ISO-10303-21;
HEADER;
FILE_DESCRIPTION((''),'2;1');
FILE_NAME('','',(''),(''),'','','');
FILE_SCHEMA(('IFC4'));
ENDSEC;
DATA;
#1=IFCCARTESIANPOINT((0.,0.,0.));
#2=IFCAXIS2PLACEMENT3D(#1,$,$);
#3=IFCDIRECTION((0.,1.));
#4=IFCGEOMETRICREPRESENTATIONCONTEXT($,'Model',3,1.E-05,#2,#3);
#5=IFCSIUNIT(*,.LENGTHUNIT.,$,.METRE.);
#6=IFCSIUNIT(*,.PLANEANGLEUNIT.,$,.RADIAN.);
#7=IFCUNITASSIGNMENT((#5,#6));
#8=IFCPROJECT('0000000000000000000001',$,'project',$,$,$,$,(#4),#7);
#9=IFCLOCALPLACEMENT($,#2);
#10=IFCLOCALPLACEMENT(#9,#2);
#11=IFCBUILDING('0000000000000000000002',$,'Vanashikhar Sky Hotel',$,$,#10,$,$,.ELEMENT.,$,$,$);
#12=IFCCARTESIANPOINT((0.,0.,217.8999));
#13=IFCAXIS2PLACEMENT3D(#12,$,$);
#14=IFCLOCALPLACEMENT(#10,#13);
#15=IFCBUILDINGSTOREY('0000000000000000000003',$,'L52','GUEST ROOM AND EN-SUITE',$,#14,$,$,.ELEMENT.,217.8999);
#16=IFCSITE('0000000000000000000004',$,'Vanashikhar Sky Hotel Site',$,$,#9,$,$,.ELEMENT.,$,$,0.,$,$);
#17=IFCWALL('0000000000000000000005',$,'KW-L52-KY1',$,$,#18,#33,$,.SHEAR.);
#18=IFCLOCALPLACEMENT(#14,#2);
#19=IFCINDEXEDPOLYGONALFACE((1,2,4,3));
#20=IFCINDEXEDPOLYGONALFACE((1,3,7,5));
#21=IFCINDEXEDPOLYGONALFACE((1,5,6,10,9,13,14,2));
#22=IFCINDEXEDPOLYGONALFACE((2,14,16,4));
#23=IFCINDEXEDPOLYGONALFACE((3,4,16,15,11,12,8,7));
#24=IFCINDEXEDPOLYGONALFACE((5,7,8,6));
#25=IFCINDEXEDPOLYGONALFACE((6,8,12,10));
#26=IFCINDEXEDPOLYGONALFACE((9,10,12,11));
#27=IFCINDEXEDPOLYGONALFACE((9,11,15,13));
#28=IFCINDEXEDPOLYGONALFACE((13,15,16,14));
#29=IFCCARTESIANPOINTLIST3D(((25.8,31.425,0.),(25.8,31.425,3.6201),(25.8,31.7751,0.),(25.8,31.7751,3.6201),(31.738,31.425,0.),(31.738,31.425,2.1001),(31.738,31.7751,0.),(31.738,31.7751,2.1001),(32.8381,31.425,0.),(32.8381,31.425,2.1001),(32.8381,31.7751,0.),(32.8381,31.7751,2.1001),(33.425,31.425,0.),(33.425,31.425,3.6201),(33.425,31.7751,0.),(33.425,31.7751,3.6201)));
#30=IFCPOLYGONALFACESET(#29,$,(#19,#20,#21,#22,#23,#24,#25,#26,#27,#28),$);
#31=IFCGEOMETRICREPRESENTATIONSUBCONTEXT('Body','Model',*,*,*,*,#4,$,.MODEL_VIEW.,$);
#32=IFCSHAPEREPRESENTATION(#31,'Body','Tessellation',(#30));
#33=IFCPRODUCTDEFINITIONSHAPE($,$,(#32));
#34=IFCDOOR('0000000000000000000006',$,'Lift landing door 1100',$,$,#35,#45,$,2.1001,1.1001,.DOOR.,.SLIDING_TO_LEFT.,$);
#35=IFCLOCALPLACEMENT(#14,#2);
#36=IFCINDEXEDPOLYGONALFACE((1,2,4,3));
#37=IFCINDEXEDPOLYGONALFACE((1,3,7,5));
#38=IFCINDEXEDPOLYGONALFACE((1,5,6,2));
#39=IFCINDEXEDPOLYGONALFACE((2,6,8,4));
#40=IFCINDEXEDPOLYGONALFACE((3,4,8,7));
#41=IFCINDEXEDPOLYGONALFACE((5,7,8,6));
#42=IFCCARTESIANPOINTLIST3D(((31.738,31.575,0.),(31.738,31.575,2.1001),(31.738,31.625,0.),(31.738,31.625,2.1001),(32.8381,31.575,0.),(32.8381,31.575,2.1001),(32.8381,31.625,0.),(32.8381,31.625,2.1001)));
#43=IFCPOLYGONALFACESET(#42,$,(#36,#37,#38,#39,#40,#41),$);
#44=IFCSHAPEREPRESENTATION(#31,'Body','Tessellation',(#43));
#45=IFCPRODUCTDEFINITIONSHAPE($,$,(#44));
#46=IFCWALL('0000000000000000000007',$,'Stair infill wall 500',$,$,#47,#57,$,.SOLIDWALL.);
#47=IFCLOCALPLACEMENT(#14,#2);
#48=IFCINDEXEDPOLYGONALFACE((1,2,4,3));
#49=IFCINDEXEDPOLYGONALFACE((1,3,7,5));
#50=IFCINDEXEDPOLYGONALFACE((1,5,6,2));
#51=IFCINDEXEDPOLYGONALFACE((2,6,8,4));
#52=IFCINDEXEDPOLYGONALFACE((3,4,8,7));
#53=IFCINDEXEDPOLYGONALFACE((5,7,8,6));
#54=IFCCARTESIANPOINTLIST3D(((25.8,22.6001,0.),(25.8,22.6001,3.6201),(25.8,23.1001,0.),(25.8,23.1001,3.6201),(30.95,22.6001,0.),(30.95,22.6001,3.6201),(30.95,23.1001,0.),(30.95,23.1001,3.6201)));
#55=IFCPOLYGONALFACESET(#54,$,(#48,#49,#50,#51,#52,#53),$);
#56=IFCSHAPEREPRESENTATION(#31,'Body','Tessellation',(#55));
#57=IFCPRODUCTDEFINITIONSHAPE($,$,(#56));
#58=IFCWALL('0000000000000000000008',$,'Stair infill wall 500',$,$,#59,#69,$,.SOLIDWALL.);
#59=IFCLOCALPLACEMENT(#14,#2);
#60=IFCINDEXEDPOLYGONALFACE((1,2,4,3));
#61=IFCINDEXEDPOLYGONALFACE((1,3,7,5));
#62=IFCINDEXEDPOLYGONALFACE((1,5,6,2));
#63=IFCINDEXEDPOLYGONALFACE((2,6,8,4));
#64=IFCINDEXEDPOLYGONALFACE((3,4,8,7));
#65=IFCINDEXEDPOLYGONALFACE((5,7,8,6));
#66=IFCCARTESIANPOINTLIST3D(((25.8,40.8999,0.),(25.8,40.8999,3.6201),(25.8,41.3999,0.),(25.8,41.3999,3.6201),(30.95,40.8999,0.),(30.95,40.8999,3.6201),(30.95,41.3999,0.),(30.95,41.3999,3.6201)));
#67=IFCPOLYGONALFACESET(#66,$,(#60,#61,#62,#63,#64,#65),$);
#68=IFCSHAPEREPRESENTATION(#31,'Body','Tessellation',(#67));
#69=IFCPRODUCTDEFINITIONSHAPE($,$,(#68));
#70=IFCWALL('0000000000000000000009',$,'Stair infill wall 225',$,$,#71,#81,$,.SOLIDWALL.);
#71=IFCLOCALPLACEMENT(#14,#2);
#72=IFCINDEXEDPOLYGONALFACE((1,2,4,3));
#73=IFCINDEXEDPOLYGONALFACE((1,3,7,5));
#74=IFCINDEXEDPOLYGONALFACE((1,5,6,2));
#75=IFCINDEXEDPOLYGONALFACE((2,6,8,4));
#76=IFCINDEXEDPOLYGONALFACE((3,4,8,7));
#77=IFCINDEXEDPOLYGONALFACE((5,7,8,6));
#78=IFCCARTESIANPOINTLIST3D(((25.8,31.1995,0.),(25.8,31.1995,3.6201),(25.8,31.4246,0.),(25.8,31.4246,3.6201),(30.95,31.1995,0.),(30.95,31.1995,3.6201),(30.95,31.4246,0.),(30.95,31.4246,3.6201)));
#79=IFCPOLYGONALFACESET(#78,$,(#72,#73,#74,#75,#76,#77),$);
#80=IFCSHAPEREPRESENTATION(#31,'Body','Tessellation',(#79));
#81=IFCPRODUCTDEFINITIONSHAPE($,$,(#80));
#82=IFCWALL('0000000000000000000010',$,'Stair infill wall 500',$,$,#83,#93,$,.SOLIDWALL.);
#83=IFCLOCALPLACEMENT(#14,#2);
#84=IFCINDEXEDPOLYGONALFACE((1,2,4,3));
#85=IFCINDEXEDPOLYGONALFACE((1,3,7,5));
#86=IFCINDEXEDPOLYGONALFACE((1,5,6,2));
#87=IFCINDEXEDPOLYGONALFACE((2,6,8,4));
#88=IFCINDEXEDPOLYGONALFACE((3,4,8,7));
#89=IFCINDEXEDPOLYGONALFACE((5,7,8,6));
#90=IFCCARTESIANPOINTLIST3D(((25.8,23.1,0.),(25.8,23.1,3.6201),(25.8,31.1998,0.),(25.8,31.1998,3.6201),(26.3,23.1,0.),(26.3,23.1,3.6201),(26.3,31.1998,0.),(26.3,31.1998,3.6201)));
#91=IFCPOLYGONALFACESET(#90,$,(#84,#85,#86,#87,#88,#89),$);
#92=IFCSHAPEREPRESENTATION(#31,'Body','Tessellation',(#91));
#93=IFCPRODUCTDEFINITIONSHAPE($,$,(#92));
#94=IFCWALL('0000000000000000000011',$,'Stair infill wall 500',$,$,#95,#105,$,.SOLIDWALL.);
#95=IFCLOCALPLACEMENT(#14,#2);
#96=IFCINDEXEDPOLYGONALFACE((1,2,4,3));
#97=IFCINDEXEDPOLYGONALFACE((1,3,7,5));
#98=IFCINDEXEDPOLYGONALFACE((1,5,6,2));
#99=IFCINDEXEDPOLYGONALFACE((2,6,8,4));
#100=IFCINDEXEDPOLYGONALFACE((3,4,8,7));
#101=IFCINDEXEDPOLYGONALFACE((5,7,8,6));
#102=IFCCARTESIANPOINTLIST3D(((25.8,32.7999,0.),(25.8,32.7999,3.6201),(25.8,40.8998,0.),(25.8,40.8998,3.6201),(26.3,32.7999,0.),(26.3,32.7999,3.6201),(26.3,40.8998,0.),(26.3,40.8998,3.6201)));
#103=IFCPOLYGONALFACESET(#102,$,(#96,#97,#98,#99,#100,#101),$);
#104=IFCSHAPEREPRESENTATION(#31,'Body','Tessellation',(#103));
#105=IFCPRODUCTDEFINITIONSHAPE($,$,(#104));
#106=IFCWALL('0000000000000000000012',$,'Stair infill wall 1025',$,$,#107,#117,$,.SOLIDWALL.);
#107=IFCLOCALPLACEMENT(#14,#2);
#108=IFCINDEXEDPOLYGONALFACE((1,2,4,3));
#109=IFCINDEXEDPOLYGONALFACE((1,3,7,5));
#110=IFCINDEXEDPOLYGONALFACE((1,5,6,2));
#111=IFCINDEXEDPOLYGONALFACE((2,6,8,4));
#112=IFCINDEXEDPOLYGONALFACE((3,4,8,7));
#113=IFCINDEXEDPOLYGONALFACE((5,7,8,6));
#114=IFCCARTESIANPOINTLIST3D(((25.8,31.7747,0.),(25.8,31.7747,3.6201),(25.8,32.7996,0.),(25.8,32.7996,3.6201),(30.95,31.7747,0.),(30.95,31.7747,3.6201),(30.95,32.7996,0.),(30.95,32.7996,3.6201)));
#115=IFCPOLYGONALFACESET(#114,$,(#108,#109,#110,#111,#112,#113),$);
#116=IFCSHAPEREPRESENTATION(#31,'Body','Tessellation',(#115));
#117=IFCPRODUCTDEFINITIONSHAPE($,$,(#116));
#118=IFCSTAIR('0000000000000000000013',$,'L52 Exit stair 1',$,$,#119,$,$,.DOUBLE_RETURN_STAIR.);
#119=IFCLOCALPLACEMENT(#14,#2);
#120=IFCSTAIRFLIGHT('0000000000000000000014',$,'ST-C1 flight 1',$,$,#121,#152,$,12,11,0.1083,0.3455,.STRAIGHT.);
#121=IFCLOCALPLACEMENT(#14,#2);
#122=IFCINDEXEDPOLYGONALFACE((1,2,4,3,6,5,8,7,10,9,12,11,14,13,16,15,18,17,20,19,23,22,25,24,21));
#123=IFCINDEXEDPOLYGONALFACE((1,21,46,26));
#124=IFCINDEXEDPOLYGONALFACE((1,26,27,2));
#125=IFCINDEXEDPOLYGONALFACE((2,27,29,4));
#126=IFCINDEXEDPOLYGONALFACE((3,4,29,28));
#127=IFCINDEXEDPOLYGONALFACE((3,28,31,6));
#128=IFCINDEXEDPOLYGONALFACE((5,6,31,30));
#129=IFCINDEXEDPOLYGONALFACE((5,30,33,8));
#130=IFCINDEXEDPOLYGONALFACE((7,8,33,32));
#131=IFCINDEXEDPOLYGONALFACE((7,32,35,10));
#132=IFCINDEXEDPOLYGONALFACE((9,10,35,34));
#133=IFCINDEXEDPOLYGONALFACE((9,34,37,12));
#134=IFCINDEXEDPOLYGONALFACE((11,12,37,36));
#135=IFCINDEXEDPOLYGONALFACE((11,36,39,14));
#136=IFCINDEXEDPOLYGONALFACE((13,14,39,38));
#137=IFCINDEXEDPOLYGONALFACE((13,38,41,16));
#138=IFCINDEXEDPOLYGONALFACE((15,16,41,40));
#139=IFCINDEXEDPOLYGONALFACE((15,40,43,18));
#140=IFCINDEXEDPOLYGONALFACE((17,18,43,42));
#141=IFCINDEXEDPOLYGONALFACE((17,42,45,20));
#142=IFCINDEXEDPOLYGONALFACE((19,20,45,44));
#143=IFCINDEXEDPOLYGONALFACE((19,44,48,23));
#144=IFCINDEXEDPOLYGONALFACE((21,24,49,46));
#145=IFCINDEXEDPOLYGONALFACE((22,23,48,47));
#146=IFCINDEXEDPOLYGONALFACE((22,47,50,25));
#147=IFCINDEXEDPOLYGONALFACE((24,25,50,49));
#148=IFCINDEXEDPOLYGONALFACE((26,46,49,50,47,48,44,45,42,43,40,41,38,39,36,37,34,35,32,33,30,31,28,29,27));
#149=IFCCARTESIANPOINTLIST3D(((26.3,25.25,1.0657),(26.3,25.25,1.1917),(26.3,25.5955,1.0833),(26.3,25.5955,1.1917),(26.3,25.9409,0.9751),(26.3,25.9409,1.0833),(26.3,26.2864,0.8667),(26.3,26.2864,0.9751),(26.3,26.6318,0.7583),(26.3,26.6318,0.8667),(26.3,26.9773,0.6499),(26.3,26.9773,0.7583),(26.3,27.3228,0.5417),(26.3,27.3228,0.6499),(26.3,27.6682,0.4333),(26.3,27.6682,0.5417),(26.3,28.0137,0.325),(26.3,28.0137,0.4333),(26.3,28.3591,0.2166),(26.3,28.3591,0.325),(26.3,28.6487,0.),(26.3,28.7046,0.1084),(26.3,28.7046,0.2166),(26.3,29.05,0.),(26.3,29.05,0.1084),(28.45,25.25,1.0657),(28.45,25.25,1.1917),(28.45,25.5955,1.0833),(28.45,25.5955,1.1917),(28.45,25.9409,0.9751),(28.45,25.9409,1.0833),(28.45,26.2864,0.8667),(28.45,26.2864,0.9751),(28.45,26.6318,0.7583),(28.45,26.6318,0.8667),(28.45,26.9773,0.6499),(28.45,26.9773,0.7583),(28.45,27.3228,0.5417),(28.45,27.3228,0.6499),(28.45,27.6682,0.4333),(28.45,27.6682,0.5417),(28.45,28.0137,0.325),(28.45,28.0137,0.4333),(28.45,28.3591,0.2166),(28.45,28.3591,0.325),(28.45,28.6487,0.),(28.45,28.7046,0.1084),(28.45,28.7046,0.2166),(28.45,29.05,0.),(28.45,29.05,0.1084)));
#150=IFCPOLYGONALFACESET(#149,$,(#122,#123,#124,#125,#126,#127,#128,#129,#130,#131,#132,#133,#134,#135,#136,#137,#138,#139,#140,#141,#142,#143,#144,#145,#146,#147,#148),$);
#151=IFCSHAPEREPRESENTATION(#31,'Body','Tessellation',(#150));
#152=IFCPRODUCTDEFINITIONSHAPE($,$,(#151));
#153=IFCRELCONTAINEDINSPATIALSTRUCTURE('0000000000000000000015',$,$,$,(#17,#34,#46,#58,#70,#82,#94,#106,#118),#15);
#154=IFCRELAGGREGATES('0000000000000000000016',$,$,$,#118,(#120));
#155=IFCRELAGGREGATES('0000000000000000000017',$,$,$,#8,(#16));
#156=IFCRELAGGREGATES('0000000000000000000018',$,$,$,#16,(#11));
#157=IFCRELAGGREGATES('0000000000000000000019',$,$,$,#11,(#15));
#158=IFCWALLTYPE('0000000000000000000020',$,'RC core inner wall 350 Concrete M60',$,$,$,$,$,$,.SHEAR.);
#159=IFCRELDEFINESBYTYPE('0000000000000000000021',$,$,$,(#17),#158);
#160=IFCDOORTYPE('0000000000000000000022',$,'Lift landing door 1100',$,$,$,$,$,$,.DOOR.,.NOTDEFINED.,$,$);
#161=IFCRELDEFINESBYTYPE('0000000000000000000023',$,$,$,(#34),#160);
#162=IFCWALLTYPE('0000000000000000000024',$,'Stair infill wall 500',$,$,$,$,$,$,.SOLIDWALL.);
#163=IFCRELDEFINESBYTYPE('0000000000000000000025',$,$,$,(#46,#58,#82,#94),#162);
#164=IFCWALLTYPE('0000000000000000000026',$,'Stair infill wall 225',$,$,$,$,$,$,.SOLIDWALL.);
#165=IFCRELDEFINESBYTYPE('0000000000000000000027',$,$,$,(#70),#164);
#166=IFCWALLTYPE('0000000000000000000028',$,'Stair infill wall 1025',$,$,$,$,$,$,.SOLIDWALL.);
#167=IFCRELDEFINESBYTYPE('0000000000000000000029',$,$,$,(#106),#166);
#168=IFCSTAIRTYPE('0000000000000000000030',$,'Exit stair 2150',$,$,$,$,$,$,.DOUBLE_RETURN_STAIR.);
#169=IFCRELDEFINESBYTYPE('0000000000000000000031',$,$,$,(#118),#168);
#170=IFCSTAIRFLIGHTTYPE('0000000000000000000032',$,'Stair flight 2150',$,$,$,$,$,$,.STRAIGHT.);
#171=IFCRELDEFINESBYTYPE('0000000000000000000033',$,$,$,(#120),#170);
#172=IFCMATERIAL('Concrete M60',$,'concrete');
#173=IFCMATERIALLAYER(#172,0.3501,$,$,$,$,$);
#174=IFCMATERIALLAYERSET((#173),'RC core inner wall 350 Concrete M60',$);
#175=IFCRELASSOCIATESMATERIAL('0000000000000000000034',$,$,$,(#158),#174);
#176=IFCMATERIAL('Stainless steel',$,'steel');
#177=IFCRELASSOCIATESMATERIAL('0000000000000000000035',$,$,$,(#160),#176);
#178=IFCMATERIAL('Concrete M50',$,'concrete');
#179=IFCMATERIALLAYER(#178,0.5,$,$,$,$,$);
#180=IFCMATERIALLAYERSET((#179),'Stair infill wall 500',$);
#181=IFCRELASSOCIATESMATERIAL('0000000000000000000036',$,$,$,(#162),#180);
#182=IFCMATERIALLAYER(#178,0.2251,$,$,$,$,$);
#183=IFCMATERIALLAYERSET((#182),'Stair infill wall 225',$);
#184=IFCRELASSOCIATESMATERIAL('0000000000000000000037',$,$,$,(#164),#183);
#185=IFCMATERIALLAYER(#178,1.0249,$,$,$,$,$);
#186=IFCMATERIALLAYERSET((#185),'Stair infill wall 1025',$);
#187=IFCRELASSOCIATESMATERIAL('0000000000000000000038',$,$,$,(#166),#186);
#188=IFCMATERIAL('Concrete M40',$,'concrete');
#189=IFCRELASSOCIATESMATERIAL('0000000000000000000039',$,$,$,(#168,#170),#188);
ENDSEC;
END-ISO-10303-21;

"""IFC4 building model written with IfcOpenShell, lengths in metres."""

from ifc_helpers import new_model, si_unit, direction, frame, frame_2d, origin, place, context, subcontext, project, spatial, polyline, rectangle, outline, extrude, source, transform, mapped, material, layer, layer_set, type_object, element, fill, aggregate, save


model = new_model("IFC4")

# Units and contexts
model_context = context("Model", 3, precision=1e-05, world=origin(), true_north=direction((0.0, 1.0)))
body_context = subcontext(model_context, "Body", "Model", "MODEL_VIEW")
ifc_project = project(units=[si_unit("LENGTHUNIT", "METRE"), si_unit("PLANEANGLEUNIT", "RADIAN")], contexts=[model_context])

# Site, building, storey
site_placement = place(None, origin())
site = spatial("IfcSite", under=ifc_project, at=site_placement, Name="Vanashikhar Sky Hotel Site", CompositionType="ELEMENT", RefElevation=0.0)
building_placement = place(site_placement, origin())
building = spatial("IfcBuilding", under=site, at=building_placement, Name="Vanashikhar Sky Hotel", CompositionType="ELEMENT")
storey_placement = place(building_placement, frame((0.0, 0.0, 217.8999)))
storey = spatial("IfcBuildingStorey", under=building, at=storey_placement, Name="L52", Description="GUEST ROOM AND EN-SUITE", CompositionType="ELEMENT", Elevation=217.8999)

# Wall, opening, door
ifc_material_1 = material(Name="Concrete M60", Category="concrete")
ifc_layer_1 = layer(ifc_material_1, 0.3501)
ifc_layer_set_1 = layer_set([ifc_layer_1], Name="RC core inner wall 350 Concrete M60")
wall_type_1 = type_object("IfcWallType", Name="RC core inner wall 350 Concrete M60", PredefinedType="SHEAR", material=ifc_layer_set_1)
shared_shape_1 = source(origin(), body_context, "Body", "SweptSolid", [
    extrude(rectangle(XDim=7.625, YDim=0.3501, at=frame_2d((3.8125, 0.0))), origin(), (0.0, 0.0, 1.0), 3.6201),
])
wall_1_placement = place(storey_placement, frame((25.8, 31.6001, 0.0), z_axis=(0.0, 0.0, 1.0), x_axis=(1.0, 0.0, 0.0)))
wall_1 = element("IfcWall", 1, at=wall_1_placement, inside=storey, type_object=wall_type_1, Name="KW-L52-KY1", PredefinedType="SHEAR", context=body_context, shape_type="MappedRepresentation", body=[
    mapped(shared_shape_1, transform((0.0, 0.0, 0.0), scale=1.0)),
])
shared_shape_2 = source(origin(), body_context, "Body", "SweptSolid", [
    extrude(rectangle(XDim=1.1001, YDim=2.1001, at=frame_2d((0.55, 1.05))), frame((0.0, 0.1851, 0.0), z_axis=(0.0, -1.0, 0.0), x_axis=(1.0, 0.0, 0.0)), (0.0, 0.0, 1.0), 0.3701),
])
opening_placement = place(wall_1_placement, frame((5.938, 0.0, 0.0)))
opening = element("IfcOpeningElement", 2, at=opening_placement, cuts=wall_1, PredefinedType="OPENING", context=body_context, shape_type="MappedRepresentation", body=[
    mapped(shared_shape_2, transform((0.0, 0.0, 0.0), scale=1.0)),
])
ifc_material_2 = material(Name="Stainless steel", Category="steel")
door_type = type_object("IfcDoorType", Name="Lift landing door 1100", OperationType="NOTDEFINED", PredefinedType="DOOR", material=ifc_material_2)
shared_shape_3 = source(origin(), body_context, "Body", "SweptSolid", [
    extrude(rectangle(XDim=1.1001, YDim=2.1001, at=frame_2d((0.55, 1.05))), frame((0.0, 0.0249, 0.0), z_axis=(0.0, -1.0, 0.0), x_axis=(1.0, 0.0, 0.0)), (0.0, 0.0, 1.0), 0.05),
])
door_placement = place(opening_placement, origin())
door = element("IfcDoor", 3, at=door_placement, inside=storey, type_object=door_type, Name="Lift landing door 1100", OperationType="SLIDING_TO_LEFT", OverallHeight=2.1001, OverallWidth=1.1001, PredefinedType="DOOR", context=body_context, shape_type="MappedRepresentation", body=[
    mapped(shared_shape_3, transform((0.0, 0.0, 0.0), scale=1.0)),
])
fill(opening, door)

# Walls
ifc_material_3 = material(Name="Concrete M50", Category="concrete")
ifc_layer_2 = layer(ifc_material_3, 0.5)
ifc_layer_set_2 = layer_set([ifc_layer_2], Name="Stair infill wall 500")
wall_type_2 = type_object("IfcWallType", Name="Stair infill wall 500", PredefinedType="SOLIDWALL", material=ifc_layer_set_2)
shared_shape_4 = source(origin(), body_context, "Body", "SweptSolid", [
    extrude(rectangle(XDim=5.1499, YDim=0.5, at=frame_2d((2.575, 0.0))), origin(), (0.0, 0.0, 1.0), 3.6201),
])
for number, where, z_axis, x_axis, name in (
    (4, (25.8, 22.8501, 0.0), (0.0, 0.0, 1.0), (1.0, 0.0, 0.0), "Stair infill wall 500"),
    (5, (25.8, 41.1499, 0.0), (0.0, 0.0, 1.0), (1.0, 0.0, 0.0), "Stair infill wall 500"),
):
    element("IfcWall", number, at=place(storey_placement, frame(where, z_axis=z_axis, x_axis=x_axis)), inside=storey, type_object=wall_type_2, Name=name, PredefinedType="SOLIDWALL", context=body_context, shape_type="MappedRepresentation", body=[
        mapped(shared_shape_4, transform((0.0, 0.0, 0.0), scale=1.0)),
    ])
ifc_layer_3 = layer(ifc_material_3, 0.2251)
ifc_layer_set_3 = layer_set([ifc_layer_3], Name="Stair infill wall 225")
wall_type_3 = type_object("IfcWallType", Name="Stair infill wall 225", PredefinedType="SOLIDWALL", material=ifc_layer_set_3)
shared_shape_5 = source(origin(), body_context, "Body", "SweptSolid", [
    extrude(rectangle(XDim=5.1499, YDim=0.2251, at=frame_2d((2.575, 0.0))), origin(), (0.0, 0.0, 1.0), 3.6201),
])
wall_2_placement = place(storey_placement, frame((25.8, 31.312, 0.0), z_axis=(0.0, 0.0, 1.0), x_axis=(1.0, 0.0, 0.0)))
element("IfcWall", 6, at=wall_2_placement, inside=storey, type_object=wall_type_3, Name="Stair infill wall 225", PredefinedType="SOLIDWALL", context=body_context, shape_type="MappedRepresentation", body=[
    mapped(shared_shape_5, transform((0.0, 0.0, 0.0), scale=1.0)),
])
shared_shape_6 = source(origin(), body_context, "Body", "SweptSolid", [
    extrude(rectangle(XDim=8.0999, YDim=0.5, at=frame_2d((4.0498, 0.0))), origin(), (0.0, 0.0, 1.0), 3.6201),
])
for number, where, z_axis, x_axis, name in (
    (7, (26.05, 23.1001, 0.0), (0.0, 0.0, 1.0), (0.0, 1.0, 0.0), "Stair infill wall 500"),
    (8, (26.05, 32.8, 0.0), (0.0, 0.0, 1.0), (0.0, 1.0, 0.0), "Stair infill wall 500"),
):
    element("IfcWall", number, at=place(storey_placement, frame(where, z_axis=z_axis, x_axis=x_axis)), inside=storey, type_object=wall_type_2, Name=name, PredefinedType="SOLIDWALL", context=body_context, shape_type="MappedRepresentation", body=[
        mapped(shared_shape_6, transform((0.0, 0.0, 0.0), scale=1.0)),
    ])
ifc_layer_4 = layer(ifc_material_3, 1.0249)
ifc_layer_set_4 = layer_set([ifc_layer_4], Name="Stair infill wall 1025")
wall_type_4 = type_object("IfcWallType", Name="Stair infill wall 1025", PredefinedType="SOLIDWALL", material=ifc_layer_set_4)
shared_shape_7 = source(origin(), body_context, "Body", "SweptSolid", [
    extrude(rectangle(XDim=5.1499, YDim=1.0249, at=frame_2d((2.575, 0.0))), origin(), (0.0, 0.0, 1.0), 3.6201),
])
wall_3_placement = place(storey_placement, frame((25.8, 32.2871, 0.0), z_axis=(0.0, 0.0, 1.0), x_axis=(1.0, 0.0, 0.0)))
element("IfcWall", 9, at=wall_3_placement, inside=storey, type_object=wall_type_4, Name="Stair infill wall 1025", PredefinedType="SOLIDWALL", context=body_context, shape_type="MappedRepresentation", body=[
    mapped(shared_shape_7, transform((0.0, 0.0, 0.0), scale=1.0)),
])

# Stair, stair flight
ifc_material_4 = material(Name="Concrete M40", Category="concrete")
stair_type = type_object("IfcStairType", Name="Exit stair 2150", PredefinedType="DOUBLE_RETURN_STAIR", material=ifc_material_4)
stair_1_placement = place(storey_placement, origin())
stair_1 = element("IfcStair", 10, at=stair_1_placement, inside=storey, type_object=stair_type, Name="L52 Exit stair 1", PredefinedType="DOUBLE_RETURN_STAIR")
stair_flight_type = type_object("IfcStairFlightType", Name="Stair flight 2150", PredefinedType="STRAIGHT", material=ifc_material_4)
shared_shape_8 = source(origin(), body_context, "Body", "SweptSolid", [
    extrude(outline(polyline([(0.0, 0.0), (0.0, 0.1084), (0.3455, 0.1084), (0.3455, 0.2166), (0.6909, 0.2166), (0.6909, 0.325), (1.0364, 0.325), (1.0364, 0.4333), (1.3818, 0.4333), (1.3818, 0.5417), (1.7273, 0.5417), (1.7273, 0.6499), (2.0728, 0.6499), (2.0728, 0.7583), (2.4182, 0.7583), (2.4182, 0.8667), (2.7637, 0.8667), (2.7637, 0.9751), (3.1091, 0.9751), (3.1091, 1.0833), (3.4546, 1.0833), (3.4546, 1.1917), (3.8, 1.1917), (3.8, 1.3), (3.8, 1.0657), (0.4014, 0.0), (0.0, 0.0)])), frame((0.0, 1.075, 0.0), z_axis=(0.0, -1.0, 0.0), x_axis=(1.0, 0.0, 0.0)), (0.0, 0.0, 1.0), 2.1499),
])
stair_flight_1_placement = place(storey_placement, frame((27.375, 29.05, 0.0), z_axis=(0.0, 0.0, 1.0), x_axis=(0.0, -1.0, 0.0)))
stair_flight_1 = element("IfcStairFlight", 11, at=stair_flight_1_placement, type_object=stair_flight_type, Name="ST-C1 flight 1", NumberOfRisers=12, NumberOfTreads=11, PredefinedType="STRAIGHT", RiserHeight=0.1083, TreadLength=0.3455, context=body_context, shape_type="MappedRepresentation", body=[
    mapped(shared_shape_8, transform((0.0, 0.0, 0.0), scale=1.0)),
])
aggregate(stair_1, [stair_flight_1])

save(model, "model.ifc")
